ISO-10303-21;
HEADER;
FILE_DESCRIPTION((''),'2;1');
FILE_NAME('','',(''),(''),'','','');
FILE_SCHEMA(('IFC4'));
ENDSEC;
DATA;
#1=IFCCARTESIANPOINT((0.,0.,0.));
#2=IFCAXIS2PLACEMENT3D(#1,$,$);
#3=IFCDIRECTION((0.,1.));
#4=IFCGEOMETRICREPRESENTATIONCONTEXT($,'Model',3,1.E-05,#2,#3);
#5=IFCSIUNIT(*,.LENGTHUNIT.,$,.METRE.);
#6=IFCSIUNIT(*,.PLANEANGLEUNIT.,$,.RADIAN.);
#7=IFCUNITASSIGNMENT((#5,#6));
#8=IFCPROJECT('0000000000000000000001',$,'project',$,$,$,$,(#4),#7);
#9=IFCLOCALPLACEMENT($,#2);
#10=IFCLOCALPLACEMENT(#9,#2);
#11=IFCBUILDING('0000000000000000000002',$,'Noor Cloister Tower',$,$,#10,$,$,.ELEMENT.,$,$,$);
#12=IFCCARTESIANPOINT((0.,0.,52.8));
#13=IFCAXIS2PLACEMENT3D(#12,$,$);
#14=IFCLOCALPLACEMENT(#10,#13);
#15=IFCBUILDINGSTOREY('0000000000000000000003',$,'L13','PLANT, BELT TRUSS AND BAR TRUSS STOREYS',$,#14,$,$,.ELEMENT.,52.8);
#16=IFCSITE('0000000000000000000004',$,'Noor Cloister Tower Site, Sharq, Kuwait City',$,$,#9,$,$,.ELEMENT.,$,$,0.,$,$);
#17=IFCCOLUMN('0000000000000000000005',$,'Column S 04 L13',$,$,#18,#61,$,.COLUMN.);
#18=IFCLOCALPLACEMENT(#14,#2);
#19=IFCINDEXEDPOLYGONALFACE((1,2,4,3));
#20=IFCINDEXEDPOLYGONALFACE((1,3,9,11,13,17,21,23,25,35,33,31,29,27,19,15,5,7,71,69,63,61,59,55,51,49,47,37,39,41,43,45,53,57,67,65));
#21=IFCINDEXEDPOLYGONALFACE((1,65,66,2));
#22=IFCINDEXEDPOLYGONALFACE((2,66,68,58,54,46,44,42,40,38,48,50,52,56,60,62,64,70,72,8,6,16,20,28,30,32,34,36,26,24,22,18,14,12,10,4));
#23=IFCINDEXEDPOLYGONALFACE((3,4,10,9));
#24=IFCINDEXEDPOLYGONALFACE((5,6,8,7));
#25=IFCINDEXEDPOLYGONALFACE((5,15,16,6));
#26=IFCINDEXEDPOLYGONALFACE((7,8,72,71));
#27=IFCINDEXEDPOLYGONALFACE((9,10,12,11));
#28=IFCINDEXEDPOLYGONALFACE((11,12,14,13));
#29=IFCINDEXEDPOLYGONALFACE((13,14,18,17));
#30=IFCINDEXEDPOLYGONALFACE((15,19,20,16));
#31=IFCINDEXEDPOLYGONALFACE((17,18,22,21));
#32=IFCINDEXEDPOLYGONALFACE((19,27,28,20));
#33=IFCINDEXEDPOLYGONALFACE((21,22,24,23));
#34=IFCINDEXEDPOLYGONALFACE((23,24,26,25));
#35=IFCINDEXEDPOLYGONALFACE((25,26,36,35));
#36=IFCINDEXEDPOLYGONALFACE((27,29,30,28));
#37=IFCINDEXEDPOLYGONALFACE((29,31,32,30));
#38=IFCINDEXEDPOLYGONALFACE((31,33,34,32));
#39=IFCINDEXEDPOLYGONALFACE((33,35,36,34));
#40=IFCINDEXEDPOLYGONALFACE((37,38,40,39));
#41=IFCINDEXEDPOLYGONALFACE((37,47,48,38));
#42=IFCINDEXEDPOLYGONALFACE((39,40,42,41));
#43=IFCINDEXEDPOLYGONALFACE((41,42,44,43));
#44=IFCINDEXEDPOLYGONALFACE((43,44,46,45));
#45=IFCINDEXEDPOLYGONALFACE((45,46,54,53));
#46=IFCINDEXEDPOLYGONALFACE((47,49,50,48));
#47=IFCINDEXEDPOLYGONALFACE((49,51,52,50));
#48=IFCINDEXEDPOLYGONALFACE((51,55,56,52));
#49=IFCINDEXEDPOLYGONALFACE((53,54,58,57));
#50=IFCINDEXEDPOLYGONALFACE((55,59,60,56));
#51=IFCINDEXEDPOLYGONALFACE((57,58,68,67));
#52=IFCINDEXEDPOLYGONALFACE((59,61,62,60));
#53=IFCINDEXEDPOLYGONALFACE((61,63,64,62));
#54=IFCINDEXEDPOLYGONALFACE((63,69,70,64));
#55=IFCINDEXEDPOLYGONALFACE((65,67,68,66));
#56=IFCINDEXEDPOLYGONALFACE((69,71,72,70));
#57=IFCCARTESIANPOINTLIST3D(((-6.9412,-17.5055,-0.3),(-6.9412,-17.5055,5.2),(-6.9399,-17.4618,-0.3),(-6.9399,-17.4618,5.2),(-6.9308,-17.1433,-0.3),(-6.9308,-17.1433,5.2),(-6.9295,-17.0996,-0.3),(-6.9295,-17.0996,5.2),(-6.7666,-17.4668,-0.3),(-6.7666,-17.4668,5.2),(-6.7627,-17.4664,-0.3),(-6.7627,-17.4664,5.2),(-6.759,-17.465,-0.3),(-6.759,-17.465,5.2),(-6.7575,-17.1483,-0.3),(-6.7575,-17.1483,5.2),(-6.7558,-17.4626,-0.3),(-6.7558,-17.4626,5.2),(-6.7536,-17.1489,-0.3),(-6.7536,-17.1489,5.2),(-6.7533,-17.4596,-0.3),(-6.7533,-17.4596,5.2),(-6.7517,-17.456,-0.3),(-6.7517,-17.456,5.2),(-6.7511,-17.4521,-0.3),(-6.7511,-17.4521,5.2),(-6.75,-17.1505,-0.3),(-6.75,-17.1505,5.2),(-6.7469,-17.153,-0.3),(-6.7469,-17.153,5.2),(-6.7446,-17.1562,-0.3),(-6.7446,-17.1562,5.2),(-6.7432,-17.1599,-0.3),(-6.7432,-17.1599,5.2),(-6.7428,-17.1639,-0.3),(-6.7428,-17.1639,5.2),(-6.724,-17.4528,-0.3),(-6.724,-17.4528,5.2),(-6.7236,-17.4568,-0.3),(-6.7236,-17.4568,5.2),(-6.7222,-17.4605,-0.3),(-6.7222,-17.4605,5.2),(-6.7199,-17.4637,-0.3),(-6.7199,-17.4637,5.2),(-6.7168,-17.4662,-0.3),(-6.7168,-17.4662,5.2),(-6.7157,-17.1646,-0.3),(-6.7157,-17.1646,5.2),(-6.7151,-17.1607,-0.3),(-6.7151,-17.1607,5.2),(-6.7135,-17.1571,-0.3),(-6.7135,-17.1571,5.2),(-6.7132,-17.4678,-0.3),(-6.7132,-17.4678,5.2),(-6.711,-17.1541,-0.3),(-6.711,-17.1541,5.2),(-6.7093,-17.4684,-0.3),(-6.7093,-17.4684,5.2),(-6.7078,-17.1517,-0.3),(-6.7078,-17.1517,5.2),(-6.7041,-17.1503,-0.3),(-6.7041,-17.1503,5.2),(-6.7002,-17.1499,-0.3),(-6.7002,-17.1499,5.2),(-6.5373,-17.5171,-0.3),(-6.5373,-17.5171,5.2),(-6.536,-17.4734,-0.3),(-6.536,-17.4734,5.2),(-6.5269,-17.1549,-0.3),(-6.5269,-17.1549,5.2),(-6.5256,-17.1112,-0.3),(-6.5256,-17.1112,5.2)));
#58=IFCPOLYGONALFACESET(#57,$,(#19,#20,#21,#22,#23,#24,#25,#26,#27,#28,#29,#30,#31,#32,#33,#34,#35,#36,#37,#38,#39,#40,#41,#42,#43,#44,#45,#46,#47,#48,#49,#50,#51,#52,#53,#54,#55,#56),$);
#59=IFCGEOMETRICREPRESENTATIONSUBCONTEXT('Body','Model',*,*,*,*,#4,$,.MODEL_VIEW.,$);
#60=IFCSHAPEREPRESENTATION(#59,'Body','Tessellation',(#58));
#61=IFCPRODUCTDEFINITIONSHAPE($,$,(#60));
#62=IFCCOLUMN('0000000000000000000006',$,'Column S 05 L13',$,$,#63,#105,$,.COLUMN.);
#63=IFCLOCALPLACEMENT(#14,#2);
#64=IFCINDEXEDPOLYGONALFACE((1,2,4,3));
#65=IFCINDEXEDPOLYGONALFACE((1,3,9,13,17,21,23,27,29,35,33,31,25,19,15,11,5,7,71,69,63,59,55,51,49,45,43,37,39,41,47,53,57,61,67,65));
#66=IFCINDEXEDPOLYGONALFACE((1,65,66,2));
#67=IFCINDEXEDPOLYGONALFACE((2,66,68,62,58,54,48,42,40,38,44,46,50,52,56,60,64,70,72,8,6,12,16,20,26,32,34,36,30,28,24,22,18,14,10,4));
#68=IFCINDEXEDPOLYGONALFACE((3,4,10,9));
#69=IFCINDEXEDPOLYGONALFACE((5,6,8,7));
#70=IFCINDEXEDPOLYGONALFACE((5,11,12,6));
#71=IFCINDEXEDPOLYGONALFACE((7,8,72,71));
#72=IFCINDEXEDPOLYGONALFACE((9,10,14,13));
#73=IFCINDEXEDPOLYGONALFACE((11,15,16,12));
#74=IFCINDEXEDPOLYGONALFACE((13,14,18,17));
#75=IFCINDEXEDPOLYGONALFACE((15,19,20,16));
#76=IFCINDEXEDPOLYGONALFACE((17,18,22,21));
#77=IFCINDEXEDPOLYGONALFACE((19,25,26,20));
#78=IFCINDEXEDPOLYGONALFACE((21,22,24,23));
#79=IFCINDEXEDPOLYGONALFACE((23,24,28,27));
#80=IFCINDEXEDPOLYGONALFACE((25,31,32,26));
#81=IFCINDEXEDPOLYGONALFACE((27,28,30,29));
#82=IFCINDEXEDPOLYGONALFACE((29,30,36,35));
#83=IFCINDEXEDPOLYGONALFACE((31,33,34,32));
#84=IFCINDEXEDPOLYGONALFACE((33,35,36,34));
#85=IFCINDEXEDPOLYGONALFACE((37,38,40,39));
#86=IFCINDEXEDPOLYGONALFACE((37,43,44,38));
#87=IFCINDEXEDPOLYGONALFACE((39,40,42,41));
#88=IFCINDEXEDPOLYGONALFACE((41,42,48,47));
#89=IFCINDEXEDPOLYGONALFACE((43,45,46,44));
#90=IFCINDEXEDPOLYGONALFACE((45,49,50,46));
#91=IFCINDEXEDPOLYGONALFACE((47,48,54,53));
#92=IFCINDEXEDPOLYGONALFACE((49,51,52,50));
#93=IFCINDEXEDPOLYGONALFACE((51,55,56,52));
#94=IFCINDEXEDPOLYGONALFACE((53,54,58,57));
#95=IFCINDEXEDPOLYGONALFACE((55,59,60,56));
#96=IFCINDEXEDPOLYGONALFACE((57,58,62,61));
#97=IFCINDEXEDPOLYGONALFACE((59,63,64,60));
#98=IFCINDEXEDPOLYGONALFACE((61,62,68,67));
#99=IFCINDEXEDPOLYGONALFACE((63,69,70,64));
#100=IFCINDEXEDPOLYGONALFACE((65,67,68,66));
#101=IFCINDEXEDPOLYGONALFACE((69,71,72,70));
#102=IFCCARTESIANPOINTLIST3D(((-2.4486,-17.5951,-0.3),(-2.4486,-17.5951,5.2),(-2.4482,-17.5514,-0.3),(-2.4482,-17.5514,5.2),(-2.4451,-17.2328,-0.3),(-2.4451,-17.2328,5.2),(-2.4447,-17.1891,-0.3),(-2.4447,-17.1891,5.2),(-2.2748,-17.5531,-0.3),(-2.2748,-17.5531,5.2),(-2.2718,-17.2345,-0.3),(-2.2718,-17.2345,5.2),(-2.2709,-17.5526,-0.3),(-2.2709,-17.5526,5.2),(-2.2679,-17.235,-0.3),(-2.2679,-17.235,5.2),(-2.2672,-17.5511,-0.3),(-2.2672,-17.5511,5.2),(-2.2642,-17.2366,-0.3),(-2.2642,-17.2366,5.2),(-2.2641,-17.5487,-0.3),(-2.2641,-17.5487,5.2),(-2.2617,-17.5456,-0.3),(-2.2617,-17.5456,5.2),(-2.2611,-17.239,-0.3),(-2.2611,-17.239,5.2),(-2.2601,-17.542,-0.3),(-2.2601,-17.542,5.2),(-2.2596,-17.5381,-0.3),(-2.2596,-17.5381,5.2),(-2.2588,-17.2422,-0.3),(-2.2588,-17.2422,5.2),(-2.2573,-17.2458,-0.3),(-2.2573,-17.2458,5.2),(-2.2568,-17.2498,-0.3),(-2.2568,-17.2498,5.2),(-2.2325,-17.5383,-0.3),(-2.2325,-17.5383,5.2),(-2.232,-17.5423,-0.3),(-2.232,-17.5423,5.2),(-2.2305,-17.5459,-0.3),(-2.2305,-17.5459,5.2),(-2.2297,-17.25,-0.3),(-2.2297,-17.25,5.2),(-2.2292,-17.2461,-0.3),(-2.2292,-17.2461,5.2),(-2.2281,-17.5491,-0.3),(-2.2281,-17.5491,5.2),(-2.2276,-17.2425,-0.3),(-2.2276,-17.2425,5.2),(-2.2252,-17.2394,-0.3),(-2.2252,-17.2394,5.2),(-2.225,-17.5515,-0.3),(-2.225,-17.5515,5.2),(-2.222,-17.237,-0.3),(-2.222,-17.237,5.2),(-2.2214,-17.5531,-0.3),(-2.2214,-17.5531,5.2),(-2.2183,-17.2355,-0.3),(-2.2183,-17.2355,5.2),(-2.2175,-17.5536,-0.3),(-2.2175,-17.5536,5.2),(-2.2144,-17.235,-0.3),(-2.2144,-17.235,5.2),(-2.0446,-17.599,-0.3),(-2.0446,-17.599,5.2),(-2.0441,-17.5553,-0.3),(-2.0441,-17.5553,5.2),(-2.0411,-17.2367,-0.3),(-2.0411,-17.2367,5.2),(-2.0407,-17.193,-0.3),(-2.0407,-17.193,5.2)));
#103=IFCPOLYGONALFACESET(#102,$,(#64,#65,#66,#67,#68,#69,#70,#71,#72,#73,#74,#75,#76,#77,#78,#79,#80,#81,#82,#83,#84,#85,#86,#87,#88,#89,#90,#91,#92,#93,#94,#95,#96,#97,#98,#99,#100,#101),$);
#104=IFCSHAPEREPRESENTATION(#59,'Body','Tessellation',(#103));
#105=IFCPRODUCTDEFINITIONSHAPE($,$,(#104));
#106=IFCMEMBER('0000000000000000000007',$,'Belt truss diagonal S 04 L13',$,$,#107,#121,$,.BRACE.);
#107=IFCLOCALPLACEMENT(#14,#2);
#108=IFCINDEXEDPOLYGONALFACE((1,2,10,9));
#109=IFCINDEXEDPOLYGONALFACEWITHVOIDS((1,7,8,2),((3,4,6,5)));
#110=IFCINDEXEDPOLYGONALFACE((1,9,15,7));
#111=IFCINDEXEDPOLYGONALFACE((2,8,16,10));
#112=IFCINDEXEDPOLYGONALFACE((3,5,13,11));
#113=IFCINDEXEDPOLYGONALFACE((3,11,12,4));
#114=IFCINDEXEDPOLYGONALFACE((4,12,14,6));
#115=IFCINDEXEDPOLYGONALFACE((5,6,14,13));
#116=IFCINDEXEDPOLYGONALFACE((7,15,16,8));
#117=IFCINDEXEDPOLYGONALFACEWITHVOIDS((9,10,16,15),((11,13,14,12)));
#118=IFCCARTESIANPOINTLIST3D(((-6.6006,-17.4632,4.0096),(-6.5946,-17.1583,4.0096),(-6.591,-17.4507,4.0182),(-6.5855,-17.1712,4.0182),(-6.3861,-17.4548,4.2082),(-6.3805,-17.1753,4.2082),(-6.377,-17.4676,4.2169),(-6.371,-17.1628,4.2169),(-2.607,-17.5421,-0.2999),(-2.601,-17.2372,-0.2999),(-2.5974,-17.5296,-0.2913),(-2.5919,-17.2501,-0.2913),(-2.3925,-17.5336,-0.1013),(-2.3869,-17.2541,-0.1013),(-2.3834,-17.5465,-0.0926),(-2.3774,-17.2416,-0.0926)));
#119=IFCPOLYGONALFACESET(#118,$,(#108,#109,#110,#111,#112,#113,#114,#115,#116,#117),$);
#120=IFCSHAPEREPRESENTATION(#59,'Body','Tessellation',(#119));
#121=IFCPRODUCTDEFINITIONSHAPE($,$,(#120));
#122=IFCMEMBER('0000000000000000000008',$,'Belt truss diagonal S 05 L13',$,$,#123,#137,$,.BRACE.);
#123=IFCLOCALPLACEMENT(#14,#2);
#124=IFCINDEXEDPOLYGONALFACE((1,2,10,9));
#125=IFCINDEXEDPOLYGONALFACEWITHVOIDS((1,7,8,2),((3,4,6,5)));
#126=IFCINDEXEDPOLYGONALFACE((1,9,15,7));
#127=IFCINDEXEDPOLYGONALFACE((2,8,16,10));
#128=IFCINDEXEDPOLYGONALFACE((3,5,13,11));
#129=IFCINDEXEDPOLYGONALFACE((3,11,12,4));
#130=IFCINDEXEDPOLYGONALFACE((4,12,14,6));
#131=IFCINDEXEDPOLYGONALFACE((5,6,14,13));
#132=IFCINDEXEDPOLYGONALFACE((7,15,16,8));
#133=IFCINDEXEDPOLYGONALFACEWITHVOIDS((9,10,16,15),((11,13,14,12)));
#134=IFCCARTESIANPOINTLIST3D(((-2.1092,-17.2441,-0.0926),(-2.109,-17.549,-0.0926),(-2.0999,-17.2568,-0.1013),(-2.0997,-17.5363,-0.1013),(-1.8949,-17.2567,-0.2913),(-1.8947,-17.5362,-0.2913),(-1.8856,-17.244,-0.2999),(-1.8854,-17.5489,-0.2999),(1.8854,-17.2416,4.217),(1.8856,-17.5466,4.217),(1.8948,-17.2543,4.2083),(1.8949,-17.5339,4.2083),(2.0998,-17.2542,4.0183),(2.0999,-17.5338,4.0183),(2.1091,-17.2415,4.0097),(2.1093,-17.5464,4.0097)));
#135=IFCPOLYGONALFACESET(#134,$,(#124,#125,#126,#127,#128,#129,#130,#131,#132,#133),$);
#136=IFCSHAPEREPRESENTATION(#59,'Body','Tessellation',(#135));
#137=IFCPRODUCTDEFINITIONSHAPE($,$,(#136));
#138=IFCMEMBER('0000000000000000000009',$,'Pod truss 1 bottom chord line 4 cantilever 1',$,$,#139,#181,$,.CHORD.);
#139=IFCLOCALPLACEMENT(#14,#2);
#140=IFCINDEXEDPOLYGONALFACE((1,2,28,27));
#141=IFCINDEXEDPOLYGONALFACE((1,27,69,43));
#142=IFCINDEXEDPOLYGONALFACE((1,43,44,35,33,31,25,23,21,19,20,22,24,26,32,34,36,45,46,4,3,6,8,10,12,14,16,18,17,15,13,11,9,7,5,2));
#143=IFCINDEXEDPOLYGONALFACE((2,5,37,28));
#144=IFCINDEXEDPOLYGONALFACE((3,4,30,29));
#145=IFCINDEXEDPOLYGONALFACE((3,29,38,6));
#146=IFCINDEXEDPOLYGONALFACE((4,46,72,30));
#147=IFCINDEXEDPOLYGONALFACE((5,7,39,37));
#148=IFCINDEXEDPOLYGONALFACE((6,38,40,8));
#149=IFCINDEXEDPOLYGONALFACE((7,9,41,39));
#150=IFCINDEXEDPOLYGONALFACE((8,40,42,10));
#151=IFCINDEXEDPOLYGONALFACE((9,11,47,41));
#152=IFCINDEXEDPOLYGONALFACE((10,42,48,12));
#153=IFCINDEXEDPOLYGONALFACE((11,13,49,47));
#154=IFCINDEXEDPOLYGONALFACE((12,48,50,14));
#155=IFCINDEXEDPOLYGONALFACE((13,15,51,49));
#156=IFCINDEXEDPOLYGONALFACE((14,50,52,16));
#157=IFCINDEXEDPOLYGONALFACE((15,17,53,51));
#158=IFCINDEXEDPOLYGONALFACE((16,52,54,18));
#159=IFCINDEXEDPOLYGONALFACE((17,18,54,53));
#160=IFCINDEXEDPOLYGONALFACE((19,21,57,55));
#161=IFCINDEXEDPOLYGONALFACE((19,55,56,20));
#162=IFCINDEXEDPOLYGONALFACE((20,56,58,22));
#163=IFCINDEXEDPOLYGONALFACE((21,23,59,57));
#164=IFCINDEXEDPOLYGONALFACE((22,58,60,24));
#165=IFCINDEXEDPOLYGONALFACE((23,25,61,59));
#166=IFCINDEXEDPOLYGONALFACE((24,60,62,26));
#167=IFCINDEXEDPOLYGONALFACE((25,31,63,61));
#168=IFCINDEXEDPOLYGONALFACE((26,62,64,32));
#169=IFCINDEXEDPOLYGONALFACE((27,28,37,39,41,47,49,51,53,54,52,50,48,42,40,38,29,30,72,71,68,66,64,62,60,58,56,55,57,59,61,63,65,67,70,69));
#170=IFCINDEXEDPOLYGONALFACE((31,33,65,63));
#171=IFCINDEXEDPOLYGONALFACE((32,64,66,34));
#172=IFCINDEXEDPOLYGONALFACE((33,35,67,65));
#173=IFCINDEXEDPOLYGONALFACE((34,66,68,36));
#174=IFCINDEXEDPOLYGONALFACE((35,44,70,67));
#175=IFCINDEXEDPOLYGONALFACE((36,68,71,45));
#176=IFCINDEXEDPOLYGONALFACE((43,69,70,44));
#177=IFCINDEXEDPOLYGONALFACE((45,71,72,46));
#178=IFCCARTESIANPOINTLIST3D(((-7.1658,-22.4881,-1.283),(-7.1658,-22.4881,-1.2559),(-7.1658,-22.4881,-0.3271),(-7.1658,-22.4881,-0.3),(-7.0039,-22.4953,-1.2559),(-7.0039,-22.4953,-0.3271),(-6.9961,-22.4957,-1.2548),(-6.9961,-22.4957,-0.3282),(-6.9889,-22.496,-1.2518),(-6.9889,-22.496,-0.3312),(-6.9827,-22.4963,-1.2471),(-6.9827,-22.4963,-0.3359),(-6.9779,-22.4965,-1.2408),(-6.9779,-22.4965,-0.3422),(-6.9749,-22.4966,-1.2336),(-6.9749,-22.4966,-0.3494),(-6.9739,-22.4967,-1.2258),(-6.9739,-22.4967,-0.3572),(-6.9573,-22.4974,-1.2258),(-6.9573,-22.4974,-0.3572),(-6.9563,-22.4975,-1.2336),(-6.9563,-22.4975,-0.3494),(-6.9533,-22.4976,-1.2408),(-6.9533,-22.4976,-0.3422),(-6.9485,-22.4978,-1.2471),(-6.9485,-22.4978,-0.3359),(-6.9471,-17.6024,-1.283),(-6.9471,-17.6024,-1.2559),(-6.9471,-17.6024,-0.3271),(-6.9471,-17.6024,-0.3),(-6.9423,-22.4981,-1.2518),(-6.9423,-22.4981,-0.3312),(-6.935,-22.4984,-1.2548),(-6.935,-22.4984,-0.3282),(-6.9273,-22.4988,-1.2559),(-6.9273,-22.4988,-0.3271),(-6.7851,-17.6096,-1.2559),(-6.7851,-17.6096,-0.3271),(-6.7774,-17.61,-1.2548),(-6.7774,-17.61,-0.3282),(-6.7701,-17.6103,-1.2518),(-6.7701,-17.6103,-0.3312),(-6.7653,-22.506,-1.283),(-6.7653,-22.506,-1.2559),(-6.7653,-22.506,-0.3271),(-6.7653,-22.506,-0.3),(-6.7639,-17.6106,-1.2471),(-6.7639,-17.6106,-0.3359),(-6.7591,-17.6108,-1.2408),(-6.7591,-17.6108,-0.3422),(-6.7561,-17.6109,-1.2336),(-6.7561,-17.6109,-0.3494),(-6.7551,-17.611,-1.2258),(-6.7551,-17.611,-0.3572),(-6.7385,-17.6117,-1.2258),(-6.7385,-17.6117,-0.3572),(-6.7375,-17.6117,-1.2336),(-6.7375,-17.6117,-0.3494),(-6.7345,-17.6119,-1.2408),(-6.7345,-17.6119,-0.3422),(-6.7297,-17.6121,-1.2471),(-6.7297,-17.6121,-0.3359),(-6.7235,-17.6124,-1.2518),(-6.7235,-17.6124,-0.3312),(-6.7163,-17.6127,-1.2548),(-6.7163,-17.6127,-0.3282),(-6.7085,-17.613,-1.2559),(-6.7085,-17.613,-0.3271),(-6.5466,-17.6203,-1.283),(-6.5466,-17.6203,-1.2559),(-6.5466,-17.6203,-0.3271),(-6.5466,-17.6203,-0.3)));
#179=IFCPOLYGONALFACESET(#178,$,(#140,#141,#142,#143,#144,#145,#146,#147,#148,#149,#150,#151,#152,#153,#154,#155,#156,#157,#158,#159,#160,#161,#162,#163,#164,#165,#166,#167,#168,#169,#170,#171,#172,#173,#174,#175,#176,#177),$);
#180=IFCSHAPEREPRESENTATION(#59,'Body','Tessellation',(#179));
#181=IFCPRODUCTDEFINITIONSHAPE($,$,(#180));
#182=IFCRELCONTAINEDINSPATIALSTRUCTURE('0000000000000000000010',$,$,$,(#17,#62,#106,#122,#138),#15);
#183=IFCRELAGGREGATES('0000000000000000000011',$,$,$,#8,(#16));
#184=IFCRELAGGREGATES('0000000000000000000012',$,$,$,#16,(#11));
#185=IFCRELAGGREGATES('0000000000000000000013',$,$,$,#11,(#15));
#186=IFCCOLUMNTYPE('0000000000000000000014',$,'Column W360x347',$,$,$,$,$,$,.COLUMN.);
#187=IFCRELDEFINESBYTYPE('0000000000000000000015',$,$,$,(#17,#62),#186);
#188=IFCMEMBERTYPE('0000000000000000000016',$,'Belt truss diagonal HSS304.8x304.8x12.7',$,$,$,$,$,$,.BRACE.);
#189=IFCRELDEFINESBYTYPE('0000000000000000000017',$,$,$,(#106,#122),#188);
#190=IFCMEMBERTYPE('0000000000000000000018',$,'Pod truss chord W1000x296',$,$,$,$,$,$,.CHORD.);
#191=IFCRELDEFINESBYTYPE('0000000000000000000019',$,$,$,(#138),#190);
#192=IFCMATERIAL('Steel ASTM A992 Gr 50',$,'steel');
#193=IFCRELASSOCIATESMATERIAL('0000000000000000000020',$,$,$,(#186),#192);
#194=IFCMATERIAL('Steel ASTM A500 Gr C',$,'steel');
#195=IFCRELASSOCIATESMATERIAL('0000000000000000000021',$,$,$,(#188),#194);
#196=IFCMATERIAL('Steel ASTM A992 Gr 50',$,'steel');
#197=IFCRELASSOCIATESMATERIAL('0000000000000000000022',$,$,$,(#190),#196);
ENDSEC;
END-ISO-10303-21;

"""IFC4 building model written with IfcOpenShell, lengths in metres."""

from ifc_helpers import new_model, si_unit, direction, frame, origin, origin_2d, place, context, subcontext, project, spatial, hollow_rectangle, i_section, extrude, material, material_profile, profile_set, type_object, element, save


model = new_model("IFC4")

# Units and contexts
model_context = context("Model", 3, precision=1e-05, world=origin(), true_north=direction((0.0, 1.0)))
body_context = subcontext(model_context, "Body", "Model", "MODEL_VIEW")
ifc_project = project(units=[si_unit("LENGTHUNIT", "METRE"), si_unit("PLANEANGLEUNIT", "RADIAN")], contexts=[model_context])

# Site, building, storey
site_placement = place(None, origin())
site = spatial("IfcSite", under=ifc_project, at=site_placement, Name="Noor Cloister Tower Site, Sharq, Kuwait City", CompositionType="ELEMENT", RefElevation=0.0)
building_placement = place(site_placement, origin())
building = spatial("IfcBuilding", under=site, at=building_placement, Name="Noor Cloister Tower", CompositionType="ELEMENT")
storey_placement = place(building_placement, frame((0.0, 0.0, 52.8)))
storey = spatial("IfcBuildingStorey", under=building, at=storey_placement, Name="L13", Description="PLANT, BELT TRUSS AND BAR TRUSS STOREYS", CompositionType="ELEMENT", Elevation=52.8)

# Columns
ifc_material_1 = material(Name="Steel ASTM A992 Gr 50", Category="steel")
ifc_material_profile_1 = material_profile(ifc_material_1, i_section(OverallWidth=0.4041, OverallDepth=0.406, WebThickness=0.0271, FlangeThickness=0.0437, FilletRadius=0.0151, at=origin_2d()), Name="W360x347")
ifc_profile_set_1 = profile_set([ifc_material_profile_1], Name="Steel ASTM A992 Gr 50")
column_type = type_object("IfcColumnType", Name="Column W360x347", PredefinedType="COLUMN", material=ifc_profile_set_1)
for number, where, z_axis, x_axis, name in (
    (1, (-6.7334, -17.3083, -0.3), (0.0, 0.0, 1.0), (0.99959, -0.028641, 0.0), "Column S 04 L13"),
    (2, (-2.2446, -17.394, -0.3), (0.0, 0.0, 1.0), (0.999954, -0.009548, 0.0), "Column S 05 L13"),
):
    element("IfcColumn", number, at=place(storey_placement, frame(where, z_axis=z_axis, x_axis=x_axis)), inside=storey, type_object=column_type, Name=name, PredefinedType="COLUMN", context=body_context, shape_type="SweptSolid", body=[
        extrude(i_section(OverallWidth=0.4041, OverallDepth=0.406, WebThickness=0.0271, FlangeThickness=0.0437, FilletRadius=0.0151, at=origin_2d()), origin(), (0.0, 0.0, 1.0), 5.5),
    ])

# Members
ifc_material_2 = material(Name="Steel ASTM A500 Gr C", Category="steel")
ifc_material_profile_2 = material_profile(ifc_material_2, hollow_rectangle(XDim=0.3049, YDim=0.3049, WallThickness=0.0127, at=origin_2d()), Name="HSS304.8x304.8x12.7")
ifc_profile_set_2 = profile_set([ifc_material_profile_2], Name="Steel ASTM A500 Gr C")
member_type_1 = type_object("IfcMemberType", Name="Belt truss diagonal HSS304.8x304.8x12.7", PredefinedType="BRACE", material=ifc_profile_set_2)
member_1_placement = place(storey_placement, frame((-2.4922, -17.3918, -0.1963), z_axis=(-0.67965, 0.01342, 0.733414), x_axis=(-0.019742, -0.999805, 0.0)))
element("IfcMember", 3, at=member_1_placement, inside=storey, type_object=member_type_1, Name="Belt truss diagonal S 04 L13", PredefinedType="BRACE", context=body_context, shape_type="SweptSolid", body=[
    extrude(hollow_rectangle(XDim=0.3049, YDim=0.3049, WallThickness=0.0127, at=origin_2d()), origin(), (0.0, 0.0, 1.0), 5.876),
])
member_2_placement = place(storey_placement, frame((-1.9973, -17.3965, -0.1963), z_axis=(0.679801, 0.000415, 0.733397), x_axis=(-0.000611, 1.0, 0.0)))
element("IfcMember", 4, at=member_2_placement, inside=storey, type_object=member_type_1, Name="Belt truss diagonal S 05 L13", PredefinedType="BRACE", context=body_context, shape_type="SweptSolid", body=[
    extrude(hollow_rectangle(XDim=0.3049, YDim=0.3049, WallThickness=0.0127, at=origin_2d()), origin(), (0.0, 0.0, 1.0), 5.8762),
])
ifc_material_3 = material(Name="Steel ASTM A992 Gr 50", Category="steel")
ifc_material_profile_3 = material_profile(ifc_material_3, i_section(OverallWidth=0.4009, OverallDepth=0.9829, WebThickness=0.0166, FlangeThickness=0.0271, FilletRadius=0.03, at=origin_2d()), Name="W1000x296")
ifc_profile_set_3 = profile_set([ifc_material_profile_3], Name="Steel ASTM A992 Gr 50")
member_type_2 = type_object("IfcMemberType", Name="Pod truss chord W1000x296", PredefinedType="CHORD", material=ifc_profile_set_3)
member_3_placement = place(storey_placement, frame((-6.7468, -17.6113, -0.7915), z_axis=(-0.044728, -0.998999, 0.0), x_axis=(0.998999, -0.044728, 0.0)))
element("IfcMember", 5, at=member_3_placement, inside=storey, type_object=member_type_2, Name="Pod truss 1 bottom chord line 4 cantilever 1", PredefinedType="CHORD", context=body_context, shape_type="SweptSolid", body=[
    extrude(i_section(OverallWidth=0.4009, OverallDepth=0.9829, WebThickness=0.0166, FlangeThickness=0.0271, FilletRadius=0.03, at=origin_2d()), origin(), (0.0, 0.0, 1.0), 4.8906),
])

save(model, "model.ifc")
